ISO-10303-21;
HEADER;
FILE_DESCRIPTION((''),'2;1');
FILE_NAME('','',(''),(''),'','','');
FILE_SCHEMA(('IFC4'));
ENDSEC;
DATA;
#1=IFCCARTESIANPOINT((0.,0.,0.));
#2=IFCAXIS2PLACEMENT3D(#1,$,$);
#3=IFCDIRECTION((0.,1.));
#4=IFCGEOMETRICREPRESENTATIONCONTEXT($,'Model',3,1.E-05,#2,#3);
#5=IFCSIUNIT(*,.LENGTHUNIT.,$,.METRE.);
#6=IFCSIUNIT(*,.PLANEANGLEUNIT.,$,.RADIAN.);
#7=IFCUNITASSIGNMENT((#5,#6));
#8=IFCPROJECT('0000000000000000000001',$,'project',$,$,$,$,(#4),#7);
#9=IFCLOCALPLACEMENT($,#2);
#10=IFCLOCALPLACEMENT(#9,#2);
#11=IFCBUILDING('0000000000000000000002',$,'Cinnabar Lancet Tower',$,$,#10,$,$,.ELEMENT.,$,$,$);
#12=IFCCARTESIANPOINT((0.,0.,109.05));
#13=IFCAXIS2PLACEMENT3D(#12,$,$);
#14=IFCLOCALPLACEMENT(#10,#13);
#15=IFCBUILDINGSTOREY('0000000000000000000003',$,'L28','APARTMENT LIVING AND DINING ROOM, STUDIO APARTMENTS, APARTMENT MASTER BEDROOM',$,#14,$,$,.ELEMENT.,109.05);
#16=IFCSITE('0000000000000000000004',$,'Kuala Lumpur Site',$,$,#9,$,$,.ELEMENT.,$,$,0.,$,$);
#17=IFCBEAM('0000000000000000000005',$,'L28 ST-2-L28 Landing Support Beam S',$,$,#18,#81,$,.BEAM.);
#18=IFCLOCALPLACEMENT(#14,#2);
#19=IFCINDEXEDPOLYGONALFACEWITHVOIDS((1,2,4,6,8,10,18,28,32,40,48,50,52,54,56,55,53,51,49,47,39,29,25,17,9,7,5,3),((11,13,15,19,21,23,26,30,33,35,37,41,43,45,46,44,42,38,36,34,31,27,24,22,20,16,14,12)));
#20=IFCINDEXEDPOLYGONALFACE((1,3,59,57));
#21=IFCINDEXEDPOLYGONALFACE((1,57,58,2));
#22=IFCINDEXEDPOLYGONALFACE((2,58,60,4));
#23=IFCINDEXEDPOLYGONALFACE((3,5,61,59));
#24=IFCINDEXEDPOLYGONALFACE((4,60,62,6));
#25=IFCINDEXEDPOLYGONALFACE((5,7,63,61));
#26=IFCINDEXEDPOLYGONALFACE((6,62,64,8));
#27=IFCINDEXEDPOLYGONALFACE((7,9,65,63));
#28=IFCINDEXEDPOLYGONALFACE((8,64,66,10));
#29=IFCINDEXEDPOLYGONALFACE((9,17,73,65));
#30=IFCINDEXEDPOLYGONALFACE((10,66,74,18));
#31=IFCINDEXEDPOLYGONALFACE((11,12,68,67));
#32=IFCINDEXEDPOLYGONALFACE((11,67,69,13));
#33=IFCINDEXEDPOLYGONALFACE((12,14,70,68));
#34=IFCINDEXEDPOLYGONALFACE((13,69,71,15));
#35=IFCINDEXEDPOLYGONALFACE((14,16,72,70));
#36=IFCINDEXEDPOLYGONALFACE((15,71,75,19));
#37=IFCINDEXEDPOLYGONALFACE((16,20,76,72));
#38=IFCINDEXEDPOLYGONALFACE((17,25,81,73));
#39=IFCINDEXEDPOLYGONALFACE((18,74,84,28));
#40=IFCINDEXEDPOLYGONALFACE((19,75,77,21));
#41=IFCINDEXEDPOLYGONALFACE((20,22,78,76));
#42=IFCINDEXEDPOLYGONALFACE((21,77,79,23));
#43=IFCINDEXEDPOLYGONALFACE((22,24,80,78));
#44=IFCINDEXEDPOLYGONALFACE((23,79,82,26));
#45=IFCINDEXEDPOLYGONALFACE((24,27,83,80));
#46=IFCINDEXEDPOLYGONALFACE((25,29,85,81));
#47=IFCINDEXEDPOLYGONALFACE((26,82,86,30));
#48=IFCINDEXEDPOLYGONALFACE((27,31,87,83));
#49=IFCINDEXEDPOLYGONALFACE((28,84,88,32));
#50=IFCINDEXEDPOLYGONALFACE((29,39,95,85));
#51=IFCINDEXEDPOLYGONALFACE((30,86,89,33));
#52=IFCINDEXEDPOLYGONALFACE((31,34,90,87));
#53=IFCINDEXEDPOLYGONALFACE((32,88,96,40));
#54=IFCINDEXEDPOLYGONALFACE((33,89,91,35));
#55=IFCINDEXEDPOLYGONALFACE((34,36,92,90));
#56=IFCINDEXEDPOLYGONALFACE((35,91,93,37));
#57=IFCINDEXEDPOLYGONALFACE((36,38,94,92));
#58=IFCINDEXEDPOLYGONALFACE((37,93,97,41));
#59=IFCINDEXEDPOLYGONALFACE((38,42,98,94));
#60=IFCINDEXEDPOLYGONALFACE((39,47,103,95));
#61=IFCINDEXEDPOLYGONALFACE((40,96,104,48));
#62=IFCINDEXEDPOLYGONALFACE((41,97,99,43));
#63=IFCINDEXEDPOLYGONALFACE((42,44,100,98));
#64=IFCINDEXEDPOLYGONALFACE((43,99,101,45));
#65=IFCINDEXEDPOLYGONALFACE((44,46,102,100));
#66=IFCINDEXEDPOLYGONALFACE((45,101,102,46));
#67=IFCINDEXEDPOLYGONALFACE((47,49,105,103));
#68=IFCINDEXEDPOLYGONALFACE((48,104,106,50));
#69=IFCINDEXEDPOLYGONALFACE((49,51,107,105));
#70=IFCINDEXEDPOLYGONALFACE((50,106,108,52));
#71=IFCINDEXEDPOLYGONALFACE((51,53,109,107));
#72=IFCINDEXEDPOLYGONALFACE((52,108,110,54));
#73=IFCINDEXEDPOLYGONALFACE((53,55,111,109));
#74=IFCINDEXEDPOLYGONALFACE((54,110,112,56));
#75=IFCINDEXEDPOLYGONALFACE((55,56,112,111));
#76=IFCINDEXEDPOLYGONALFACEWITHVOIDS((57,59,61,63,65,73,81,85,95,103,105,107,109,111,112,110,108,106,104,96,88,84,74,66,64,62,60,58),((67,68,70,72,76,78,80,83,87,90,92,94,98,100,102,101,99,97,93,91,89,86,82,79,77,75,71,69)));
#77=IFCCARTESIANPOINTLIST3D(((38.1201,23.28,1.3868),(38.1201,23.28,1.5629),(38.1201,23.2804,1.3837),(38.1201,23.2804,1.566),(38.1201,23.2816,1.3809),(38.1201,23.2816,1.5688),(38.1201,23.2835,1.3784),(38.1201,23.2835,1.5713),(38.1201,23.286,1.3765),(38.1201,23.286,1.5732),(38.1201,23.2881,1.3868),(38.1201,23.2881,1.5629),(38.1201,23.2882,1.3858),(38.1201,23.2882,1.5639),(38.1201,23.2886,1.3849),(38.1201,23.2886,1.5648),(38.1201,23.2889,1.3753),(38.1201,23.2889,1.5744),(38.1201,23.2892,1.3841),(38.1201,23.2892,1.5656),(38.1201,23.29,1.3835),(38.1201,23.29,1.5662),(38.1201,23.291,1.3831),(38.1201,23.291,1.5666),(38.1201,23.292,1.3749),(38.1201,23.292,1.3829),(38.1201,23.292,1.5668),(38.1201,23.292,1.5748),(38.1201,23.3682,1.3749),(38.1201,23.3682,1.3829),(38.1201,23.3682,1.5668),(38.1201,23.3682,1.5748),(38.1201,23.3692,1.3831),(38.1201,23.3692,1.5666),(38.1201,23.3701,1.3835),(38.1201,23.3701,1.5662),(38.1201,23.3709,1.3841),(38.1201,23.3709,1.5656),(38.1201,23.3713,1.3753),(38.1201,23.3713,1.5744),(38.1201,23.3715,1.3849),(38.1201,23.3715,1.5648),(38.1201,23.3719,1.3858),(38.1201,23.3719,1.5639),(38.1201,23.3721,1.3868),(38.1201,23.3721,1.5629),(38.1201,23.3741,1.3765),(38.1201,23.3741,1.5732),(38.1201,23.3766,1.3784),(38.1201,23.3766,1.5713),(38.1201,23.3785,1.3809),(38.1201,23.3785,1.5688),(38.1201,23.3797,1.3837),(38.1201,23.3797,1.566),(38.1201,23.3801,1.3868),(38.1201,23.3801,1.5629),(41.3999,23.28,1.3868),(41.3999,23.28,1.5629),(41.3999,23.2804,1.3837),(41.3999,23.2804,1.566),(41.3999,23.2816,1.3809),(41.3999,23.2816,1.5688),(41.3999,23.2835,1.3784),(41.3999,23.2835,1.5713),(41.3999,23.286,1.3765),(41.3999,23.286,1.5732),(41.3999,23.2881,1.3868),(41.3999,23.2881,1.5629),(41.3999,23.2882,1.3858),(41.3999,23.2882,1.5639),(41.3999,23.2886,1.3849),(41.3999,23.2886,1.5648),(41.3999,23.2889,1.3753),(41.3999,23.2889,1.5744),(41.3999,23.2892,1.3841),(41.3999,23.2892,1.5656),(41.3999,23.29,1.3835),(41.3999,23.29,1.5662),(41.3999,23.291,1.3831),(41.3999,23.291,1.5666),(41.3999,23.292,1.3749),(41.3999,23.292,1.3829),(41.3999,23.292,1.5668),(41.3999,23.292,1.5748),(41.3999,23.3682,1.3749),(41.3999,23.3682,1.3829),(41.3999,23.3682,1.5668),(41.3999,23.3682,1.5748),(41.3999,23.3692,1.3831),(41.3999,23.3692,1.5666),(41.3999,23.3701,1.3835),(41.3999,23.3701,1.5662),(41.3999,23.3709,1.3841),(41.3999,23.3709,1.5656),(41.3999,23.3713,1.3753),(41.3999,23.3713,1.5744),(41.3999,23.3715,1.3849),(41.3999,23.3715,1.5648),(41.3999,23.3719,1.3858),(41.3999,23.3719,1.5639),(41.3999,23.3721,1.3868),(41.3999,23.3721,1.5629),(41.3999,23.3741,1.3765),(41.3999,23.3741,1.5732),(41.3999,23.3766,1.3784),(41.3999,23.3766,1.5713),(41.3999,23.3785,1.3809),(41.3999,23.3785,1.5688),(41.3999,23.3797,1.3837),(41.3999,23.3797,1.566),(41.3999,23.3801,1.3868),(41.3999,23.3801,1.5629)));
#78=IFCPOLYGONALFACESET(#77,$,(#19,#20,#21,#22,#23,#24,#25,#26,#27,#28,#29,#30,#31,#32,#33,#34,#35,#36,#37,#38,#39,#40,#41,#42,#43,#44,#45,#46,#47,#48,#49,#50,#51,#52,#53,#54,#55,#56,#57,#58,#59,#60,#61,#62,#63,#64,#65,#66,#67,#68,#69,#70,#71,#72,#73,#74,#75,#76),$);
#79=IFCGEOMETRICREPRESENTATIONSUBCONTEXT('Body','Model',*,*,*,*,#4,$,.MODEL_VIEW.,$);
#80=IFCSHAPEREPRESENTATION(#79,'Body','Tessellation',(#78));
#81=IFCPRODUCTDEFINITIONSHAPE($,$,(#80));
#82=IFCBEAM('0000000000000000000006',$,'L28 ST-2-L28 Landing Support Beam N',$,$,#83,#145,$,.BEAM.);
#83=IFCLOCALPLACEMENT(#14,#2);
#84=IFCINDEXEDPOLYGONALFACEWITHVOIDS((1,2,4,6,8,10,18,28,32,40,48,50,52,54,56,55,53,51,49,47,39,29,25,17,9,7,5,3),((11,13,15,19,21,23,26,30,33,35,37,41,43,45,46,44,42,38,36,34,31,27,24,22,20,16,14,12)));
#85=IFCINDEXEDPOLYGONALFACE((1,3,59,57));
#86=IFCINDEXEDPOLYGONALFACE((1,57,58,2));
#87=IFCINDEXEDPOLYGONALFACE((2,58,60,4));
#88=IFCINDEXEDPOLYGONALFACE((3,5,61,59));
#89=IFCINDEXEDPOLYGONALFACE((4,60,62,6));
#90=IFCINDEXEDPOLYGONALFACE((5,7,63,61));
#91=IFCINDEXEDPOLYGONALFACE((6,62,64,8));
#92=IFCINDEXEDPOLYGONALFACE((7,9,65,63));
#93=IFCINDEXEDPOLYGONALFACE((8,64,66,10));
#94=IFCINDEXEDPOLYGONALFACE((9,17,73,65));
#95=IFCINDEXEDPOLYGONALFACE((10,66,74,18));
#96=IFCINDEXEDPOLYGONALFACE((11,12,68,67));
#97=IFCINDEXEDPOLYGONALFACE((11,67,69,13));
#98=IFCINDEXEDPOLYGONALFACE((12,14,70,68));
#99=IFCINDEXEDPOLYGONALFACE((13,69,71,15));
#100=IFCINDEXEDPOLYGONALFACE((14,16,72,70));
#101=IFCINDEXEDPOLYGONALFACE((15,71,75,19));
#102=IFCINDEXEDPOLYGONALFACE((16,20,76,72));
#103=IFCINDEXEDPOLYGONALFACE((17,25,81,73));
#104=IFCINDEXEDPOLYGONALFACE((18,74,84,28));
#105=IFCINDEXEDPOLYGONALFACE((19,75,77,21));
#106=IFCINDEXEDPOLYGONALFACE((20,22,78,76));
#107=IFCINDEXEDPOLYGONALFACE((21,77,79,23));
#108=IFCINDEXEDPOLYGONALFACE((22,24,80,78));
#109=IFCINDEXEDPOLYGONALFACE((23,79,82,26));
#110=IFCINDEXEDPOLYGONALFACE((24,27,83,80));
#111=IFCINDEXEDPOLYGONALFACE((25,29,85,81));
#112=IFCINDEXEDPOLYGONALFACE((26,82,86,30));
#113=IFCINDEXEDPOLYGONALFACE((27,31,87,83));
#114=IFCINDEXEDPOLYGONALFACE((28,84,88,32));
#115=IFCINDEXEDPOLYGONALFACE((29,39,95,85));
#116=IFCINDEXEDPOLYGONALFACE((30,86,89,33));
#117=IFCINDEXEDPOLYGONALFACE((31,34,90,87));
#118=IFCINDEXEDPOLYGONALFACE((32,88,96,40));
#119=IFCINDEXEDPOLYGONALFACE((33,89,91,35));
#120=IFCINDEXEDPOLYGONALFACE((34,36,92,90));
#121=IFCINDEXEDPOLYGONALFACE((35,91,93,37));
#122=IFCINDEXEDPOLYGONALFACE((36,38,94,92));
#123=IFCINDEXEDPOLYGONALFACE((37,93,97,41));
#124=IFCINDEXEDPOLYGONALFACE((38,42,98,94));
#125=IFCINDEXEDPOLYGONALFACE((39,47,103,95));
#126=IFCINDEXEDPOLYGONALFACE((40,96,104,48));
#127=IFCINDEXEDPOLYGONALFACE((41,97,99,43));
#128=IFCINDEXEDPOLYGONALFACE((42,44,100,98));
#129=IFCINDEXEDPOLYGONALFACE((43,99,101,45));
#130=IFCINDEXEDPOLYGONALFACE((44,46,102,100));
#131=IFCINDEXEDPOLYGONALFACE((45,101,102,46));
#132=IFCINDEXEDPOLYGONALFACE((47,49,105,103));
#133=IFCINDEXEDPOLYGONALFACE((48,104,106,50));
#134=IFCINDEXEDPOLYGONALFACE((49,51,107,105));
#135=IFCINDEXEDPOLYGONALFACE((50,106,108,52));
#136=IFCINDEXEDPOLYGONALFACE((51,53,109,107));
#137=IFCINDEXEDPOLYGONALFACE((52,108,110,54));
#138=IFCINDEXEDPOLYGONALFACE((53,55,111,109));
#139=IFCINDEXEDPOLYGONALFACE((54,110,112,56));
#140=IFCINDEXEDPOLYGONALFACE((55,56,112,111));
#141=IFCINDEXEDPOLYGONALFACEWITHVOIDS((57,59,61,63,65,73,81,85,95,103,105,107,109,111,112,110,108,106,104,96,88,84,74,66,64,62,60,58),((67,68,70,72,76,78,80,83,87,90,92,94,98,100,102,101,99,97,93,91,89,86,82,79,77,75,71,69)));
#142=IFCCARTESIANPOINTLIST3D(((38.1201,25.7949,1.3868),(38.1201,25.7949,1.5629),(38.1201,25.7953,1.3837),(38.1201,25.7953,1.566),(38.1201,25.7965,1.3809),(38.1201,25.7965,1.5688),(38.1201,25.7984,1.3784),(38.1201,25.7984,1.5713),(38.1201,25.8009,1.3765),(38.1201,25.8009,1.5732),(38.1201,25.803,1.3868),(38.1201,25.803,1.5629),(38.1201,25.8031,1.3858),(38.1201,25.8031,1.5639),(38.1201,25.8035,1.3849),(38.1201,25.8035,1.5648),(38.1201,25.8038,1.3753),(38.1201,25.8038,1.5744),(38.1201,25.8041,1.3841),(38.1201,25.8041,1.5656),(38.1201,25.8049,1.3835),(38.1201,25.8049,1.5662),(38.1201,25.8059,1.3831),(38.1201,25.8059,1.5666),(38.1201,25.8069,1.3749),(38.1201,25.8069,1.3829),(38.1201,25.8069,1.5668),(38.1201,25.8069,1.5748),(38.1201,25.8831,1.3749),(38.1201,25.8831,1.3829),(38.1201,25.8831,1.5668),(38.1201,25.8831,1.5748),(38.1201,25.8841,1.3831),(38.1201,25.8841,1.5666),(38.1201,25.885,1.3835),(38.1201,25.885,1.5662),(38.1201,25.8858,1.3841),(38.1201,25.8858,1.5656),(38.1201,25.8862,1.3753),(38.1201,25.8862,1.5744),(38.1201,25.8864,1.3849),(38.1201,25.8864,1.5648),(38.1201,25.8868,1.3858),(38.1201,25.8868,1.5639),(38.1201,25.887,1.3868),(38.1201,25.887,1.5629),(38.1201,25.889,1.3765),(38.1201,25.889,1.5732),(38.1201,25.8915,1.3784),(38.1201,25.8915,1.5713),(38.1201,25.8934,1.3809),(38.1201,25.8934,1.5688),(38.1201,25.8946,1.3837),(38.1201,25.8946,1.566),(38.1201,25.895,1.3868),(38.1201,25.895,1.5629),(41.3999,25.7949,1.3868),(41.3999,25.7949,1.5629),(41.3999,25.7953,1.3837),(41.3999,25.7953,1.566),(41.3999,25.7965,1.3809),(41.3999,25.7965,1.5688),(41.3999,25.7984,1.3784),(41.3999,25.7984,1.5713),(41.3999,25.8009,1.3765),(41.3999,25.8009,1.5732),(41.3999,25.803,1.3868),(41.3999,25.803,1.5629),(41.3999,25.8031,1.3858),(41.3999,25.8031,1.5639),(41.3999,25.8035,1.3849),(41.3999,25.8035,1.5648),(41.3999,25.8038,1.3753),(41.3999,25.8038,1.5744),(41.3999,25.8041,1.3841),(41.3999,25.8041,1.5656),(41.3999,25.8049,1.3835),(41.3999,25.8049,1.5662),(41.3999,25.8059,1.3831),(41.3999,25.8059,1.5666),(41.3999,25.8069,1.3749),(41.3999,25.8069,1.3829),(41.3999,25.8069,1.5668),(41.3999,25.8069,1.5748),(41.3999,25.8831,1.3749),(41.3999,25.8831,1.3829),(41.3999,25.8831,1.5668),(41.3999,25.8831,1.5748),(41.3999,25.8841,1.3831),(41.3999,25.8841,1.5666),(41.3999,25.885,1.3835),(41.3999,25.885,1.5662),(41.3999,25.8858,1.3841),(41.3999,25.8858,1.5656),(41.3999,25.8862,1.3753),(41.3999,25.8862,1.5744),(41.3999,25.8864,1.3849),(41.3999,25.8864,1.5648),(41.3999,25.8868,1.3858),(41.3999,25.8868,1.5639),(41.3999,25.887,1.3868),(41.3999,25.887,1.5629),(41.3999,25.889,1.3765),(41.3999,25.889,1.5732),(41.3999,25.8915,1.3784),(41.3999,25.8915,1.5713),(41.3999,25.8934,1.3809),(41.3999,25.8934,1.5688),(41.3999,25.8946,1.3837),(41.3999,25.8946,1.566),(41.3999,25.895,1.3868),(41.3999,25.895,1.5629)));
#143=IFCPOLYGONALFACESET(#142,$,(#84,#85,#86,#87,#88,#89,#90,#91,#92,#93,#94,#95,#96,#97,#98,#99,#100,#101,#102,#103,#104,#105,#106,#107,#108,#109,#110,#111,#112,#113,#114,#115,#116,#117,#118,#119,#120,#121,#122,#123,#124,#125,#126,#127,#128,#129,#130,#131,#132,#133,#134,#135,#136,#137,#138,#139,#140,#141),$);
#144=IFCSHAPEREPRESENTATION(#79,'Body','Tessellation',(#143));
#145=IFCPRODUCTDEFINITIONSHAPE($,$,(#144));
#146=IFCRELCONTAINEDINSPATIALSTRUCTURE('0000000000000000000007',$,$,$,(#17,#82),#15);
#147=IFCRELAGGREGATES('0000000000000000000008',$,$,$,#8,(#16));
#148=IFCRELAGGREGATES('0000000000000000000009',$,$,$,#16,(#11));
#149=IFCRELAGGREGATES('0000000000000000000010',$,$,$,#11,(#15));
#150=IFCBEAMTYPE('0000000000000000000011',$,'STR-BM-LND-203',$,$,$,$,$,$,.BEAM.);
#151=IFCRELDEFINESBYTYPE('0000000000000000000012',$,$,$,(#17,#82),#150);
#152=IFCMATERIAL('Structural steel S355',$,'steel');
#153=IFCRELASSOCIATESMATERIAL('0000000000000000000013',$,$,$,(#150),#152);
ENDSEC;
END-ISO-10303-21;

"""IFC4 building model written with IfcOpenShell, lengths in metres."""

from ifc_helpers import new_model, si_unit, direction, frame, origin, origin_2d, place, context, subcontext, project, spatial, hollow_rectangle, extrude, material, material_profile, profile_set, type_object, element, save


model = new_model("IFC4")

# Units and contexts
model_context = context("Model", 3, precision=1e-05, world=origin(), true_north=direction((0.0, 1.0)))
body_context = subcontext(model_context, "Body", "Model", "MODEL_VIEW")
ifc_project = project(units=[si_unit("LENGTHUNIT", "METRE"), si_unit("PLANEANGLEUNIT", "RADIAN")], contexts=[model_context])

# Site, building, storey
site_placement = place(None, origin())
site = spatial("IfcSite", under=ifc_project, at=site_placement, Name="Kuala Lumpur Site", CompositionType="ELEMENT", RefElevation=0.0)
building_placement = place(site_placement, origin())
building = spatial("IfcBuilding", under=site, at=building_placement, Name="Cinnabar Lancet Tower", CompositionType="ELEMENT")
storey_placement = place(building_placement, frame((0.0, 0.0, 109.05)))
storey = spatial("IfcBuildingStorey", under=building, at=storey_placement, Name="L28", Description="APARTMENT LIVING AND DINING ROOM, STUDIO APARTMENTS, APARTMENT MASTER BEDROOM", CompositionType="ELEMENT", Elevation=109.05)

# Beams
ifc_material_1 = material(Name="Structural steel S355", Category="steel")
ifc_material_profile_1 = material_profile(ifc_material_1, hollow_rectangle(XDim=0.1001, YDim=0.2, WallThickness=0.0081, InnerFilletRadius=0.0039, OuterFilletRadius=0.012, at=origin_2d()), Name="RHS 200x100x8")
ifc_profile_set_1 = profile_set([ifc_material_profile_1], Name="Structural steel S355")
beam_type_1 = type_object("IfcBeamType", Name="STR-BM-LND-203", PredefinedType="BEAM", material=ifc_profile_set_1)
for number, where, z_axis, x_axis, name in (
    (1, (38.1201, 23.3301, 1.4749), (1.0, 0.0, 0.0), (0.0, 1.0, 0.0), "L28 ST-2-L28 Landing Support Beam S"),
    (2, (38.1201, 25.845, 1.4749), (1.0, 0.0, 0.0), (0.0, 1.0, 0.0), "L28 ST-2-L28 Landing Support Beam N"),
):
    element("IfcBeam", number, at=place(storey_placement, frame(where, z_axis=z_axis, x_axis=x_axis)), inside=storey, type_object=beam_type_1, Name=name, PredefinedType="BEAM", context=body_context, shape_type="SweptSolid", body=[
        extrude(hollow_rectangle(XDim=0.1001, YDim=0.2, WallThickness=0.0081, InnerFilletRadius=0.0039, OuterFilletRadius=0.012, at=origin_2d()), origin(), (0.0, 0.0, 1.0), 3.2798),
    ])

save(model, "model.ifc")
